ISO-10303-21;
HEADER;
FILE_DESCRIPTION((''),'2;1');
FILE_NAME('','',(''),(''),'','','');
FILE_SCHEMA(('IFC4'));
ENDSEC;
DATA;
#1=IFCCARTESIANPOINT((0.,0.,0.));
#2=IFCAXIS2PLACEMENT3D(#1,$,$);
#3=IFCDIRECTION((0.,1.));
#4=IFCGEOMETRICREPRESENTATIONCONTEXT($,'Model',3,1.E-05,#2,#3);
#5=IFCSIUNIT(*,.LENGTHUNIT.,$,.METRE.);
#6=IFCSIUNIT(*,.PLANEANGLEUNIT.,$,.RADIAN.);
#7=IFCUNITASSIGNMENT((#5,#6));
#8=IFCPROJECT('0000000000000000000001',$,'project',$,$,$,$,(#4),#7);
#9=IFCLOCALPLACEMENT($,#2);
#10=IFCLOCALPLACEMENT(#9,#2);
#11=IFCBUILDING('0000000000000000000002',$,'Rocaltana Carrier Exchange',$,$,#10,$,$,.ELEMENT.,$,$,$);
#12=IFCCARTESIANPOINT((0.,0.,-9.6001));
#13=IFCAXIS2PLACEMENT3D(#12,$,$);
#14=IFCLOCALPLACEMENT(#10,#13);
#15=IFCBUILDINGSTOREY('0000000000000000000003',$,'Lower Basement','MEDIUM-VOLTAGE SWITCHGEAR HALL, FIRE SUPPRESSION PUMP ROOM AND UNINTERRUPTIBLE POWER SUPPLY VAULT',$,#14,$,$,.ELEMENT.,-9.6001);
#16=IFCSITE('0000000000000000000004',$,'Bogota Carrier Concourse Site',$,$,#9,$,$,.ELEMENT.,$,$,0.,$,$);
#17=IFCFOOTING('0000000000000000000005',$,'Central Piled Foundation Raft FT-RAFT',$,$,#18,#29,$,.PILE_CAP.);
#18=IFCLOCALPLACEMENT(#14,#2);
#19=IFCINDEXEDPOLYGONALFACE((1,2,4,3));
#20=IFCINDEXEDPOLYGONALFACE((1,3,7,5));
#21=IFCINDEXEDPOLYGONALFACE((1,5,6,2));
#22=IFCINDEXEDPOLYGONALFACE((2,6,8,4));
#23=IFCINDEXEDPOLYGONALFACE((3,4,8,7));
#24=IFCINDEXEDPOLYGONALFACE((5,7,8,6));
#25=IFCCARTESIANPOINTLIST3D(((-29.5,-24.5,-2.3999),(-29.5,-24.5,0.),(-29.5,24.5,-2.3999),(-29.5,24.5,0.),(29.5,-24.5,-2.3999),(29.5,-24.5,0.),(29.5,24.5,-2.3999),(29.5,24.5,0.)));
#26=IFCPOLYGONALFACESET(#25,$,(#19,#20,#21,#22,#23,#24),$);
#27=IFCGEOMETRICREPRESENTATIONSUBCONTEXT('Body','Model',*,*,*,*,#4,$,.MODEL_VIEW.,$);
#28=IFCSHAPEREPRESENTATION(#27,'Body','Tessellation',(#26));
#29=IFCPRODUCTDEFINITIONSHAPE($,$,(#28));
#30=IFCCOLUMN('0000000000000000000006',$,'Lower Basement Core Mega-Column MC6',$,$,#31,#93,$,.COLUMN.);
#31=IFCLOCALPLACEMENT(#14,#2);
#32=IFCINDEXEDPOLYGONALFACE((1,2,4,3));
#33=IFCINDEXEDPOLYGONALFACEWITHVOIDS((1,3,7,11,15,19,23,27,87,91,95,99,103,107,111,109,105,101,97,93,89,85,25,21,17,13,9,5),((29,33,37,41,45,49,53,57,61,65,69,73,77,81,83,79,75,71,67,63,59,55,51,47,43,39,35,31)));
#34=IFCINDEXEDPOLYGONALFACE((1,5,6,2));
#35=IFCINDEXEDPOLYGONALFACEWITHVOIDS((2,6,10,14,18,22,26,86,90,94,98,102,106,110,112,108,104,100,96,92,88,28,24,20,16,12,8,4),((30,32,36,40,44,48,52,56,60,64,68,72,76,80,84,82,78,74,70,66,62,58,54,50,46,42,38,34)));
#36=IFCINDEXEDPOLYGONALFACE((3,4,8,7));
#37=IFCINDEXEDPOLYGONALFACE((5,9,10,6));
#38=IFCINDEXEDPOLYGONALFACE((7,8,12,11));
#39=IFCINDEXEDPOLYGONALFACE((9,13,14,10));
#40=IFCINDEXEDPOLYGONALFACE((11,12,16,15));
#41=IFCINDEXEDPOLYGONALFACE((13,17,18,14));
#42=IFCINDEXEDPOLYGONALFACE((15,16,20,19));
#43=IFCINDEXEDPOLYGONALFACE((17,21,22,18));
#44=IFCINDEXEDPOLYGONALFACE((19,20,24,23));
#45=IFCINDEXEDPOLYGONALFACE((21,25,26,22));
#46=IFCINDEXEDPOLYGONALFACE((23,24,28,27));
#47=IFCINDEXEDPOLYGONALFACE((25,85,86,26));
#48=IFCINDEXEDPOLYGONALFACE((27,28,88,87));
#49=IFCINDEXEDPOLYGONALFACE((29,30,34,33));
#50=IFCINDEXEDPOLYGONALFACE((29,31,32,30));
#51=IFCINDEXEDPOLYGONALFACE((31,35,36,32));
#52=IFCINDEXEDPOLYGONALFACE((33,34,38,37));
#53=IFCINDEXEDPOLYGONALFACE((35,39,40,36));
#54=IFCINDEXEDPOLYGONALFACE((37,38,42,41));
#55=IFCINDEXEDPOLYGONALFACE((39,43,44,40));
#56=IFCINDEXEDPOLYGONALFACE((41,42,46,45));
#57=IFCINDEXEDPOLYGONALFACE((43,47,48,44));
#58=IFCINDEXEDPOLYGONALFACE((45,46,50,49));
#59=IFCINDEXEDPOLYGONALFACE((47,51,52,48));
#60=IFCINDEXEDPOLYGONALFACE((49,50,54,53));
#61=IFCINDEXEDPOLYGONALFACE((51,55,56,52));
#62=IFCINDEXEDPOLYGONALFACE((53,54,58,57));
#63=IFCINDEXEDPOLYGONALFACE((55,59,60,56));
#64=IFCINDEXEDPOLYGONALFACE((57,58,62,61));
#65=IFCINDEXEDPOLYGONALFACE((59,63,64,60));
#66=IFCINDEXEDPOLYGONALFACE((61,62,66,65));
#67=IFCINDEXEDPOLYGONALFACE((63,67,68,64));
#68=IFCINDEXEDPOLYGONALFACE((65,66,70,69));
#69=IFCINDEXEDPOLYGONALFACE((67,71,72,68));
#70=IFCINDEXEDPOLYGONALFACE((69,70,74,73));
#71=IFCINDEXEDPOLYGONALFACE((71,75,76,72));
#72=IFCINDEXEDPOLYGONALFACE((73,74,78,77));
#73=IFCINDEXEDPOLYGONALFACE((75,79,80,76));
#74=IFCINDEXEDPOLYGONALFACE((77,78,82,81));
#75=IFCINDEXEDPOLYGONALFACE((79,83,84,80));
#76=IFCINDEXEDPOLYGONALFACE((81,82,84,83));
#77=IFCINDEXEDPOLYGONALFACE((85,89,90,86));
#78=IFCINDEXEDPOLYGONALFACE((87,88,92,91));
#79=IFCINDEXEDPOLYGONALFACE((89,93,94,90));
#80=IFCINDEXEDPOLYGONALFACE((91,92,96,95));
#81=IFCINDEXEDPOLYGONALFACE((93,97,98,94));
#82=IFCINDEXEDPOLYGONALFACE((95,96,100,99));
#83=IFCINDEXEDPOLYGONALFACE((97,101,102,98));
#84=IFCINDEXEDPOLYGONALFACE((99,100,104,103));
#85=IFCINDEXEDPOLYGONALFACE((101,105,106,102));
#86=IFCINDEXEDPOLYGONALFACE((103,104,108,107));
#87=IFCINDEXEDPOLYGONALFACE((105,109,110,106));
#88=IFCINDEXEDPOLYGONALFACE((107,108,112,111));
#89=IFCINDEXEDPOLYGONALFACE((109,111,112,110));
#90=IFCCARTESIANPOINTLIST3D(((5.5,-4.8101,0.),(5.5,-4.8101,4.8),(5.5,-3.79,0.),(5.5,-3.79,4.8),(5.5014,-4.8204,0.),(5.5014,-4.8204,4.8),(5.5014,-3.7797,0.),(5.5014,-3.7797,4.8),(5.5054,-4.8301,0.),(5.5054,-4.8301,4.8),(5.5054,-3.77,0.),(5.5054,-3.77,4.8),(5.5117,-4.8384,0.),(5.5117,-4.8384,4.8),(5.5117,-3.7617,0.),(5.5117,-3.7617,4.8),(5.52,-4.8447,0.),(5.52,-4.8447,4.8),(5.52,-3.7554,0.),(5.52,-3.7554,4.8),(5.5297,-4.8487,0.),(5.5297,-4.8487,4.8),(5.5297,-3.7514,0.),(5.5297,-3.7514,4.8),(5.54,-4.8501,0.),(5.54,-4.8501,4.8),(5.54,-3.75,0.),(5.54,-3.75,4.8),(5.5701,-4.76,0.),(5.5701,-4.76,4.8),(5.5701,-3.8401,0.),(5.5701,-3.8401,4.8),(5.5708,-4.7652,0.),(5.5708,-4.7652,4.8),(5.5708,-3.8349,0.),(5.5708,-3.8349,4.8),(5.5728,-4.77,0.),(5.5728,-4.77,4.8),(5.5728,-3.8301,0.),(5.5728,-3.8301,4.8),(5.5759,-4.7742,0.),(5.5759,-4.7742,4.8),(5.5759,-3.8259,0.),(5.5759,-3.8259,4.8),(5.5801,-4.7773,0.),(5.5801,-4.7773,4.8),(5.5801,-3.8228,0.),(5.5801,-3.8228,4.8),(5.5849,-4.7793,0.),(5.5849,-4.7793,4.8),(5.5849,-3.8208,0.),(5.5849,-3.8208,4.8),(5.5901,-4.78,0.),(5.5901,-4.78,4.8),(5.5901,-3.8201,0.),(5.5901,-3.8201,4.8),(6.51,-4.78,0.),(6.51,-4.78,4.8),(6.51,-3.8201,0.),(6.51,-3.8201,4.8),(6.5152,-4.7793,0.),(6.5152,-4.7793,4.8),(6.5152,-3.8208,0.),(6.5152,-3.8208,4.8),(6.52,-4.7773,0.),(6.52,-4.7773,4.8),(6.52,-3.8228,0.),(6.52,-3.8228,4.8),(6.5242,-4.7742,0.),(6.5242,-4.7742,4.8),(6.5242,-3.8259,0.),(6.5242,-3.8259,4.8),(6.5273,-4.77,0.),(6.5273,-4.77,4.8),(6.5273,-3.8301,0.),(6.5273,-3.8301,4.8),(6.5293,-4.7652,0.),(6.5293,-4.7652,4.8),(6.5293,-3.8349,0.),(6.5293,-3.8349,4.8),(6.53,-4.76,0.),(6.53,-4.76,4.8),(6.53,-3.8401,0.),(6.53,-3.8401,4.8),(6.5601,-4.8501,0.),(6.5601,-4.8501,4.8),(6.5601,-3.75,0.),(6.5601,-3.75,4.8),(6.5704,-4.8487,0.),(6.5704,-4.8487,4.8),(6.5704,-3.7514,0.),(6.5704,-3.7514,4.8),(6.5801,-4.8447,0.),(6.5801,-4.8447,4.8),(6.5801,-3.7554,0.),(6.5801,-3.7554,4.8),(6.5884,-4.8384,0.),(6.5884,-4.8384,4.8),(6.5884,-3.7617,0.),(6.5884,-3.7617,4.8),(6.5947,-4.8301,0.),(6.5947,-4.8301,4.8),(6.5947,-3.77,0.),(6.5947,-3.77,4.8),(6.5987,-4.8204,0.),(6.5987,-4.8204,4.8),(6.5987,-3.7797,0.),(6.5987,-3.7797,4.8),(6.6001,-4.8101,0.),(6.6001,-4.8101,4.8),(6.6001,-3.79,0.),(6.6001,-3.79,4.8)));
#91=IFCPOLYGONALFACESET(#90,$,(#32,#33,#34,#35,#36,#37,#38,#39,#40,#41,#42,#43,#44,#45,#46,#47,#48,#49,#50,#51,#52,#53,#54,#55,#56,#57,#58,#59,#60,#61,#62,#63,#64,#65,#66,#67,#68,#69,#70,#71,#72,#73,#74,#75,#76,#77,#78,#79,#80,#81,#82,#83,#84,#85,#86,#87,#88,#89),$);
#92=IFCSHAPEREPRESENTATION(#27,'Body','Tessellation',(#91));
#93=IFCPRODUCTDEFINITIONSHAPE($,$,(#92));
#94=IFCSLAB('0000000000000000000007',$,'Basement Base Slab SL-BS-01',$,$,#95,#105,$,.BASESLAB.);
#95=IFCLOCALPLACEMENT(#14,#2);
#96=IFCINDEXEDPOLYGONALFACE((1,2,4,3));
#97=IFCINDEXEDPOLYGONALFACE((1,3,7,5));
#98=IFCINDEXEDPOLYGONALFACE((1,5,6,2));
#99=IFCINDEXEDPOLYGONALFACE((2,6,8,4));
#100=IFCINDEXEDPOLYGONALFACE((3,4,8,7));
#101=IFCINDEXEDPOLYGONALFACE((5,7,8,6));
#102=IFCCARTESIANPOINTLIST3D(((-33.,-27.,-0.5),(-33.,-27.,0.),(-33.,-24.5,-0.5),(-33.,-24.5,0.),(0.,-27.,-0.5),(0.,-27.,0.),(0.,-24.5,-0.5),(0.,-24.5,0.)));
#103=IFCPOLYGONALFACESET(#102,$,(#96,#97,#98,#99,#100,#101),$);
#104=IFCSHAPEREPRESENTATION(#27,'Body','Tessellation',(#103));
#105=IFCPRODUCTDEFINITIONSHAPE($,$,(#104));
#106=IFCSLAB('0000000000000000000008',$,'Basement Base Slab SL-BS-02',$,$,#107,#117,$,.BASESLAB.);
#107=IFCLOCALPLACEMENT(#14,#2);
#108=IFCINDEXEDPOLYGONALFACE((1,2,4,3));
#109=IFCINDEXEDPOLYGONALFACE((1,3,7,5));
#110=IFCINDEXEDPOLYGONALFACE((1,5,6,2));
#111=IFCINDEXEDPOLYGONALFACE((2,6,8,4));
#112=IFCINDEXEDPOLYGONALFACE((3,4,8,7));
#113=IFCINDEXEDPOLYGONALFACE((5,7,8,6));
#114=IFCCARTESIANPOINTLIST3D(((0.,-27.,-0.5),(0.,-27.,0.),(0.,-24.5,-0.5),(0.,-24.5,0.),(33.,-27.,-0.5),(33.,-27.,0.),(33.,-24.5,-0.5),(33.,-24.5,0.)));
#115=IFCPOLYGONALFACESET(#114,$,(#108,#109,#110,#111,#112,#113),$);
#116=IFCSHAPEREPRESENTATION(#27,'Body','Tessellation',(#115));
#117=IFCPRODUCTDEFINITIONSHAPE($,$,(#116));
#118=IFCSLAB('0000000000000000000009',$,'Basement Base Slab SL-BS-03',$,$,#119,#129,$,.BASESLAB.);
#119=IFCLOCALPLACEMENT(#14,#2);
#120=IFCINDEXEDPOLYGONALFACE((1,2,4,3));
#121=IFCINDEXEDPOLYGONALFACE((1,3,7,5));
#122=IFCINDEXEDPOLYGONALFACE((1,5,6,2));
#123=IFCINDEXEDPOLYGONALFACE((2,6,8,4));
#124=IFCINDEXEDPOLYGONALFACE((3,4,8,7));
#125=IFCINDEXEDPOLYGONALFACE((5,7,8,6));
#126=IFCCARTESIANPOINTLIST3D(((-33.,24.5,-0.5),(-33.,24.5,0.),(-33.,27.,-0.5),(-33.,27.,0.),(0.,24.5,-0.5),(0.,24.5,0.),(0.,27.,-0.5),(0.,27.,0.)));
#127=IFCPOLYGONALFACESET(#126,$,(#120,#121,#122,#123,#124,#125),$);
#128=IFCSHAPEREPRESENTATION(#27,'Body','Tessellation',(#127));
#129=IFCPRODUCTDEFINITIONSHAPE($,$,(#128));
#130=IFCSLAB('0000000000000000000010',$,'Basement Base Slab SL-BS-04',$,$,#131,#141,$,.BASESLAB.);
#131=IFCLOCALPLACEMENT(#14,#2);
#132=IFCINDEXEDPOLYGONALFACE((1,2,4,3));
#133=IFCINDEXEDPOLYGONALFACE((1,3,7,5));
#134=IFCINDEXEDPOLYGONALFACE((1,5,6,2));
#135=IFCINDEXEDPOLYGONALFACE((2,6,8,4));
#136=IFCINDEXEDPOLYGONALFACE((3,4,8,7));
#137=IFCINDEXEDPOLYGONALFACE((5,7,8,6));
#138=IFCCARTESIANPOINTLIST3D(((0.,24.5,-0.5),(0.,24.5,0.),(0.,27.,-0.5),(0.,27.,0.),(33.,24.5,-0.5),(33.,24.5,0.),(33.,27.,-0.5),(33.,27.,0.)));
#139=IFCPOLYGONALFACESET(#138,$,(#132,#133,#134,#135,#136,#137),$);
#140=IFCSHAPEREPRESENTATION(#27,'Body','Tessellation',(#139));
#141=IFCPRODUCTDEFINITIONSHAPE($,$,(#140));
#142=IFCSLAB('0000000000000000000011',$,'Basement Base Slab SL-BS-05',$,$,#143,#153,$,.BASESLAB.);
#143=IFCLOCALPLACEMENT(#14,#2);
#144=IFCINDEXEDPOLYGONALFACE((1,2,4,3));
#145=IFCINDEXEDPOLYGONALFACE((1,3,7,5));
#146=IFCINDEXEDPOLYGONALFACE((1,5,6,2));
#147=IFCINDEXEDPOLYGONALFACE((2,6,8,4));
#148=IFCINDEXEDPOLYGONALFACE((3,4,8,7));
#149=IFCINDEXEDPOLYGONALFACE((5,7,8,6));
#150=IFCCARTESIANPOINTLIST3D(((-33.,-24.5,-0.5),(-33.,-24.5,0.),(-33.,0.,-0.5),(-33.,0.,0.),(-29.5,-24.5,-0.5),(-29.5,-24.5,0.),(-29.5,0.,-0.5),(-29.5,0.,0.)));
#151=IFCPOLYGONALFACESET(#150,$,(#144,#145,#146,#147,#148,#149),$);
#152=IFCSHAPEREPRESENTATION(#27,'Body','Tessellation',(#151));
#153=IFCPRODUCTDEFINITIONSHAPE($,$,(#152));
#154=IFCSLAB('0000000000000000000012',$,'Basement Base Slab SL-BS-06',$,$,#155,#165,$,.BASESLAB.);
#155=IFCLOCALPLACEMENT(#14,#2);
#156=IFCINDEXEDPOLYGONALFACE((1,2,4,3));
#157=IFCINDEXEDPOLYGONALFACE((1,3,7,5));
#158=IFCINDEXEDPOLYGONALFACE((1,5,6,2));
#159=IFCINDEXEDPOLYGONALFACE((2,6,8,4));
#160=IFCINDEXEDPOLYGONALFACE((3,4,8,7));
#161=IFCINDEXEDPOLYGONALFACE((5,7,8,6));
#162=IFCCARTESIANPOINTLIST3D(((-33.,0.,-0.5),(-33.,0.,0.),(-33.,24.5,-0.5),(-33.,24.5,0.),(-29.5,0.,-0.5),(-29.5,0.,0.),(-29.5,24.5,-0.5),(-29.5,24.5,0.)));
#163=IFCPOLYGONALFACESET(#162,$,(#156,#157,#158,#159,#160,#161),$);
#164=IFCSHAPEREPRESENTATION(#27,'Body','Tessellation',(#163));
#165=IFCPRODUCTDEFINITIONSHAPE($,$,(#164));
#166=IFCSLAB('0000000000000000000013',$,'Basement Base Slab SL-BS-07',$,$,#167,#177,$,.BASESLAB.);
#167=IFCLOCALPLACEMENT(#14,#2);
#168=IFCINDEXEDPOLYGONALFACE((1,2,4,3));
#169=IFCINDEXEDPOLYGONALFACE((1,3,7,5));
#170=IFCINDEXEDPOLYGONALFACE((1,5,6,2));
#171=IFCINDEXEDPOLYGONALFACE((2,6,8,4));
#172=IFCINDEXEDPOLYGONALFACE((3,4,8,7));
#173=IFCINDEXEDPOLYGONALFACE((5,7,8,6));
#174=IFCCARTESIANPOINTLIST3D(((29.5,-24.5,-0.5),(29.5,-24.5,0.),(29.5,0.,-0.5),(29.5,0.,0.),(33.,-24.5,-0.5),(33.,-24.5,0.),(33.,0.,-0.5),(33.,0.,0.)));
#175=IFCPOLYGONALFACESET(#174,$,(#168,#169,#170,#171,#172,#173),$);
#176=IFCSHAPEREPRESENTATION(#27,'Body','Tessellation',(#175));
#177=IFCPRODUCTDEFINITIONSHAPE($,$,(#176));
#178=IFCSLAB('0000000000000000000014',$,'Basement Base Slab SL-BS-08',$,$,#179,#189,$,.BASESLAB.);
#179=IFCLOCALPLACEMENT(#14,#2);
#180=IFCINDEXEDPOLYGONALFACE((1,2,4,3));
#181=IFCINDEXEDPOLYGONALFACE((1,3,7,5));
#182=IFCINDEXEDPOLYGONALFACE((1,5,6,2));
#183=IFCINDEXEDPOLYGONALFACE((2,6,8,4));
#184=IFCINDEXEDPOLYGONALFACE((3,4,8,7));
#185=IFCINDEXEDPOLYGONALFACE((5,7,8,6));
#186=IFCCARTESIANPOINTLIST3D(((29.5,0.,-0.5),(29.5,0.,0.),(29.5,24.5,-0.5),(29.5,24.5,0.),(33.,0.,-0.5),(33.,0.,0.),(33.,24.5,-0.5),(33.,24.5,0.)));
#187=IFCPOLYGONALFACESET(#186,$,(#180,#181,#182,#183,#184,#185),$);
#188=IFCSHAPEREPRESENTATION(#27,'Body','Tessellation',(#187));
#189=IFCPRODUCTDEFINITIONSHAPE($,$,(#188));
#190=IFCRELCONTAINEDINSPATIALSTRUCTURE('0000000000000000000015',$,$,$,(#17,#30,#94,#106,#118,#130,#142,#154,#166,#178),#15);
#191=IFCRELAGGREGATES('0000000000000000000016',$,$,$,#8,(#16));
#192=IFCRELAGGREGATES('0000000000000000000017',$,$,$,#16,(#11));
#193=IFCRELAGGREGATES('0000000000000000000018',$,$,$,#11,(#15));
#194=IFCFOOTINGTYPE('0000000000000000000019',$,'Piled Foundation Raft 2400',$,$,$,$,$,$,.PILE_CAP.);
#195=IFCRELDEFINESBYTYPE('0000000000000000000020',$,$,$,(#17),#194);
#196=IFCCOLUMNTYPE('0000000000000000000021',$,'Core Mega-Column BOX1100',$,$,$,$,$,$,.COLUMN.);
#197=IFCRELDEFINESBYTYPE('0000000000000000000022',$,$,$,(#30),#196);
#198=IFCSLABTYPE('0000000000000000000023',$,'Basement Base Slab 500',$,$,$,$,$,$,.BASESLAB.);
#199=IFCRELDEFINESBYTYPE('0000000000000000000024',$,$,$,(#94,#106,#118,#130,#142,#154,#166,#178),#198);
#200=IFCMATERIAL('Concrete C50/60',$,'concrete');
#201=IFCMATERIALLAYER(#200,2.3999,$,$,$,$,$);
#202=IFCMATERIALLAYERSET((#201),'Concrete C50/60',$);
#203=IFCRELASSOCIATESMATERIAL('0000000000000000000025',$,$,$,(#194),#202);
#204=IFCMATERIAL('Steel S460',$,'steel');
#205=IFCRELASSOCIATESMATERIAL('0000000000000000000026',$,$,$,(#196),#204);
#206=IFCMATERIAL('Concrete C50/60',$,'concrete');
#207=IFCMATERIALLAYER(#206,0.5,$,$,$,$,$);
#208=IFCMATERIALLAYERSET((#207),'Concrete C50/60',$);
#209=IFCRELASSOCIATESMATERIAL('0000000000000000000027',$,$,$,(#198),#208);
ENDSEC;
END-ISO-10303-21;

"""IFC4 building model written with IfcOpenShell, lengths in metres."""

from ifc_helpers import new_model, si_unit, direction, frame, origin, origin_2d, place, context, subcontext, project, spatial, polyline, rectangle, hollow_rectangle, outline, extrude, material, layer, layer_set, material_profile, profile_set, type_object, element, save


model = new_model("IFC4")

# Units and contexts
model_context = context("Model", 3, precision=1e-05, world=origin(), true_north=direction((0.0, 1.0)))
body_context = subcontext(model_context, "Body", "Model", "MODEL_VIEW")
ifc_project = project(units=[si_unit("LENGTHUNIT", "METRE"), si_unit("PLANEANGLEUNIT", "RADIAN")], contexts=[model_context])

# Site, building, storey
site_placement = place(None, origin())
site = spatial("IfcSite", under=ifc_project, at=site_placement, Name="Bogota Carrier Concourse Site", CompositionType="ELEMENT", RefElevation=0.0)
building_placement = place(site_placement, origin())
building = spatial("IfcBuilding", under=site, at=building_placement, Name="Rocaltana Carrier Exchange", CompositionType="ELEMENT")
storey_placement = place(building_placement, frame((0.0, 0.0, -9.6001)))
storey = spatial("IfcBuildingStorey", under=building, at=storey_placement, Name="Lower Basement", Description="MEDIUM-VOLTAGE SWITCHGEAR HALL, FIRE SUPPRESSION PUMP ROOM AND UNINTERRUPTIBLE POWER SUPPLY VAULT", CompositionType="ELEMENT", Elevation=-9.6001)

# Footing
ifc_material_1 = material(Name="Concrete C50/60", Category="concrete")
ifc_layer_1 = layer(ifc_material_1, 2.3999)
ifc_layer_set_1 = layer_set([ifc_layer_1], Name="Concrete C50/60")
footing_type = type_object("IfcFootingType", Name="Piled Foundation Raft 2400", PredefinedType="PILE_CAP", material=ifc_layer_set_1)
footing_placement = place(storey_placement, frame((0.0, 0.0, -2.3999), z_axis=(0.0, 0.0, 1.0), x_axis=(1.0, 0.0, 0.0)))
element("IfcFooting", 1, at=footing_placement, inside=storey, type_object=footing_type, Name="Central Piled Foundation Raft FT-RAFT", PredefinedType="PILE_CAP", context=body_context, shape_type="SweptSolid", body=[
    extrude(rectangle(XDim=59.0, YDim=49.0, at=origin_2d()), origin(), (0.0, 0.0, 1.0), 2.3999),
])

# Column
ifc_material_2 = material(Name="Steel S460", Category="steel")
ifc_material_profile = material_profile(ifc_material_2, hollow_rectangle(XDim=1.1001, YDim=1.1001, WallThickness=0.0701, InnerFilletRadius=0.02, OuterFilletRadius=0.04, at=origin_2d()), Name="BOX1100X1100X70")
ifc_profile_set = profile_set([ifc_material_profile], Name="Steel S460")
column_type = type_object("IfcColumnType", Name="Core Mega-Column BOX1100", PredefinedType="COLUMN", material=ifc_profile_set)
column_placement = place(storey_placement, frame((6.05, -4.3, 0.0), z_axis=(0.0, 0.0, 1.0), x_axis=(1.0, 0.0, 0.0)))
element("IfcColumn", 2, at=column_placement, inside=storey, type_object=column_type, Name="Lower Basement Core Mega-Column MC6", PredefinedType="COLUMN", context=body_context, shape_type="SweptSolid", body=[
    extrude(hollow_rectangle(XDim=1.1001, YDim=1.1001, WallThickness=0.0701, InnerFilletRadius=0.02, OuterFilletRadius=0.04, at=origin_2d()), origin(), (0.0, 0.0, 1.0), 4.8),
])

# Slabs
ifc_material_3 = material(Name="Concrete C50/60", Category="concrete")
ifc_layer_2 = layer(ifc_material_3, 0.5)
ifc_layer_set_2 = layer_set([ifc_layer_2], Name="Concrete C50/60")
slab_type = type_object("IfcSlabType", Name="Basement Base Slab 500", PredefinedType="BASESLAB", material=ifc_layer_set_2)
slab_1_placement = place(storey_placement, frame((0.0, 0.0, -0.5)))
element("IfcSlab", 3, at=slab_1_placement, inside=storey, type_object=slab_type, Name="Basement Base Slab SL-BS-01", PredefinedType="BASESLAB", context=body_context, shape_type="SweptSolid", body=[
    extrude(outline(polyline([(-33.0, -27.0), (0.0, -27.0), (0.0, -24.5), (-33.0, -24.5), (-33.0, -27.0)])), origin(), (0.0, 0.0, 1.0), 0.5),
])
slab_2_placement = place(storey_placement, frame((0.0, 0.0, -0.5)))
element("IfcSlab", 4, at=slab_2_placement, inside=storey, type_object=slab_type, Name="Basement Base Slab SL-BS-02", PredefinedType="BASESLAB", context=body_context, shape_type="SweptSolid", body=[
    extrude(outline(polyline([(0.0, -27.0), (33.0, -27.0), (33.0, -24.5), (0.0, -24.5), (0.0, -27.0)])), origin(), (0.0, 0.0, 1.0), 0.5),
])
slab_3_placement = place(storey_placement, frame((0.0, 0.0, -0.5)))
element("IfcSlab", 5, at=slab_3_placement, inside=storey, type_object=slab_type, Name="Basement Base Slab SL-BS-03", PredefinedType="BASESLAB", context=body_context, shape_type="SweptSolid", body=[
    extrude(outline(polyline([(-33.0, 24.5), (0.0, 24.5), (0.0, 27.0), (-33.0, 27.0), (-33.0, 24.5)])), origin(), (0.0, 0.0, 1.0), 0.5),
])
slab_4_placement = place(storey_placement, frame((0.0, 0.0, -0.5)))
element("IfcSlab", 6, at=slab_4_placement, inside=storey, type_object=slab_type, Name="Basement Base Slab SL-BS-04", PredefinedType="BASESLAB", context=body_context, shape_type="SweptSolid", body=[
    extrude(outline(polyline([(0.0, 24.5), (33.0, 24.5), (33.0, 27.0), (0.0, 27.0), (0.0, 24.5)])), origin(), (0.0, 0.0, 1.0), 0.5),
])
slab_5_placement = place(storey_placement, frame((0.0, 0.0, -0.5)))
element("IfcSlab", 7, at=slab_5_placement, inside=storey, type_object=slab_type, Name="Basement Base Slab SL-BS-05", PredefinedType="BASESLAB", context=body_context, shape_type="SweptSolid", body=[
    extrude(outline(polyline([(-33.0, -24.5), (-29.5, -24.5), (-29.5, 0.0), (-33.0, 0.0), (-33.0, -24.5)])), origin(), (0.0, 0.0, 1.0), 0.5),
])
slab_6_placement = place(storey_placement, frame((0.0, 0.0, -0.5)))
element("IfcSlab", 8, at=slab_6_placement, inside=storey, type_object=slab_type, Name="Basement Base Slab SL-BS-06", PredefinedType="BASESLAB", context=body_context, shape_type="SweptSolid", body=[
    extrude(outline(polyline([(-33.0, 0.0), (-29.5, 0.0), (-29.5, 24.5), (-33.0, 24.5), (-33.0, 0.0)])), origin(), (0.0, 0.0, 1.0), 0.5),
])
slab_7_placement = place(storey_placement, frame((0.0, 0.0, -0.5)))
element("IfcSlab", 9, at=slab_7_placement, inside=storey, type_object=slab_type, Name="Basement Base Slab SL-BS-07", PredefinedType="BASESLAB", context=body_context, shape_type="SweptSolid", body=[
    extrude(outline(polyline([(29.5, -24.5), (33.0, -24.5), (33.0, 0.0), (29.5, 0.0), (29.5, -24.5)])), origin(), (0.0, 0.0, 1.0), 0.5),
])
slab_8_placement = place(storey_placement, frame((0.0, 0.0, -0.5)))
element("IfcSlab", 10, at=slab_8_placement, inside=storey, type_object=slab_type, Name="Basement Base Slab SL-BS-08", PredefinedType="BASESLAB", context=body_context, shape_type="SweptSolid", body=[
    extrude(outline(polyline([(29.5, 0.0), (33.0, 0.0), (33.0, 24.5), (29.5, 24.5), (29.5, 0.0)])), origin(), (0.0, 0.0, 1.0), 0.5),
])

save(model, "model.ifc")
